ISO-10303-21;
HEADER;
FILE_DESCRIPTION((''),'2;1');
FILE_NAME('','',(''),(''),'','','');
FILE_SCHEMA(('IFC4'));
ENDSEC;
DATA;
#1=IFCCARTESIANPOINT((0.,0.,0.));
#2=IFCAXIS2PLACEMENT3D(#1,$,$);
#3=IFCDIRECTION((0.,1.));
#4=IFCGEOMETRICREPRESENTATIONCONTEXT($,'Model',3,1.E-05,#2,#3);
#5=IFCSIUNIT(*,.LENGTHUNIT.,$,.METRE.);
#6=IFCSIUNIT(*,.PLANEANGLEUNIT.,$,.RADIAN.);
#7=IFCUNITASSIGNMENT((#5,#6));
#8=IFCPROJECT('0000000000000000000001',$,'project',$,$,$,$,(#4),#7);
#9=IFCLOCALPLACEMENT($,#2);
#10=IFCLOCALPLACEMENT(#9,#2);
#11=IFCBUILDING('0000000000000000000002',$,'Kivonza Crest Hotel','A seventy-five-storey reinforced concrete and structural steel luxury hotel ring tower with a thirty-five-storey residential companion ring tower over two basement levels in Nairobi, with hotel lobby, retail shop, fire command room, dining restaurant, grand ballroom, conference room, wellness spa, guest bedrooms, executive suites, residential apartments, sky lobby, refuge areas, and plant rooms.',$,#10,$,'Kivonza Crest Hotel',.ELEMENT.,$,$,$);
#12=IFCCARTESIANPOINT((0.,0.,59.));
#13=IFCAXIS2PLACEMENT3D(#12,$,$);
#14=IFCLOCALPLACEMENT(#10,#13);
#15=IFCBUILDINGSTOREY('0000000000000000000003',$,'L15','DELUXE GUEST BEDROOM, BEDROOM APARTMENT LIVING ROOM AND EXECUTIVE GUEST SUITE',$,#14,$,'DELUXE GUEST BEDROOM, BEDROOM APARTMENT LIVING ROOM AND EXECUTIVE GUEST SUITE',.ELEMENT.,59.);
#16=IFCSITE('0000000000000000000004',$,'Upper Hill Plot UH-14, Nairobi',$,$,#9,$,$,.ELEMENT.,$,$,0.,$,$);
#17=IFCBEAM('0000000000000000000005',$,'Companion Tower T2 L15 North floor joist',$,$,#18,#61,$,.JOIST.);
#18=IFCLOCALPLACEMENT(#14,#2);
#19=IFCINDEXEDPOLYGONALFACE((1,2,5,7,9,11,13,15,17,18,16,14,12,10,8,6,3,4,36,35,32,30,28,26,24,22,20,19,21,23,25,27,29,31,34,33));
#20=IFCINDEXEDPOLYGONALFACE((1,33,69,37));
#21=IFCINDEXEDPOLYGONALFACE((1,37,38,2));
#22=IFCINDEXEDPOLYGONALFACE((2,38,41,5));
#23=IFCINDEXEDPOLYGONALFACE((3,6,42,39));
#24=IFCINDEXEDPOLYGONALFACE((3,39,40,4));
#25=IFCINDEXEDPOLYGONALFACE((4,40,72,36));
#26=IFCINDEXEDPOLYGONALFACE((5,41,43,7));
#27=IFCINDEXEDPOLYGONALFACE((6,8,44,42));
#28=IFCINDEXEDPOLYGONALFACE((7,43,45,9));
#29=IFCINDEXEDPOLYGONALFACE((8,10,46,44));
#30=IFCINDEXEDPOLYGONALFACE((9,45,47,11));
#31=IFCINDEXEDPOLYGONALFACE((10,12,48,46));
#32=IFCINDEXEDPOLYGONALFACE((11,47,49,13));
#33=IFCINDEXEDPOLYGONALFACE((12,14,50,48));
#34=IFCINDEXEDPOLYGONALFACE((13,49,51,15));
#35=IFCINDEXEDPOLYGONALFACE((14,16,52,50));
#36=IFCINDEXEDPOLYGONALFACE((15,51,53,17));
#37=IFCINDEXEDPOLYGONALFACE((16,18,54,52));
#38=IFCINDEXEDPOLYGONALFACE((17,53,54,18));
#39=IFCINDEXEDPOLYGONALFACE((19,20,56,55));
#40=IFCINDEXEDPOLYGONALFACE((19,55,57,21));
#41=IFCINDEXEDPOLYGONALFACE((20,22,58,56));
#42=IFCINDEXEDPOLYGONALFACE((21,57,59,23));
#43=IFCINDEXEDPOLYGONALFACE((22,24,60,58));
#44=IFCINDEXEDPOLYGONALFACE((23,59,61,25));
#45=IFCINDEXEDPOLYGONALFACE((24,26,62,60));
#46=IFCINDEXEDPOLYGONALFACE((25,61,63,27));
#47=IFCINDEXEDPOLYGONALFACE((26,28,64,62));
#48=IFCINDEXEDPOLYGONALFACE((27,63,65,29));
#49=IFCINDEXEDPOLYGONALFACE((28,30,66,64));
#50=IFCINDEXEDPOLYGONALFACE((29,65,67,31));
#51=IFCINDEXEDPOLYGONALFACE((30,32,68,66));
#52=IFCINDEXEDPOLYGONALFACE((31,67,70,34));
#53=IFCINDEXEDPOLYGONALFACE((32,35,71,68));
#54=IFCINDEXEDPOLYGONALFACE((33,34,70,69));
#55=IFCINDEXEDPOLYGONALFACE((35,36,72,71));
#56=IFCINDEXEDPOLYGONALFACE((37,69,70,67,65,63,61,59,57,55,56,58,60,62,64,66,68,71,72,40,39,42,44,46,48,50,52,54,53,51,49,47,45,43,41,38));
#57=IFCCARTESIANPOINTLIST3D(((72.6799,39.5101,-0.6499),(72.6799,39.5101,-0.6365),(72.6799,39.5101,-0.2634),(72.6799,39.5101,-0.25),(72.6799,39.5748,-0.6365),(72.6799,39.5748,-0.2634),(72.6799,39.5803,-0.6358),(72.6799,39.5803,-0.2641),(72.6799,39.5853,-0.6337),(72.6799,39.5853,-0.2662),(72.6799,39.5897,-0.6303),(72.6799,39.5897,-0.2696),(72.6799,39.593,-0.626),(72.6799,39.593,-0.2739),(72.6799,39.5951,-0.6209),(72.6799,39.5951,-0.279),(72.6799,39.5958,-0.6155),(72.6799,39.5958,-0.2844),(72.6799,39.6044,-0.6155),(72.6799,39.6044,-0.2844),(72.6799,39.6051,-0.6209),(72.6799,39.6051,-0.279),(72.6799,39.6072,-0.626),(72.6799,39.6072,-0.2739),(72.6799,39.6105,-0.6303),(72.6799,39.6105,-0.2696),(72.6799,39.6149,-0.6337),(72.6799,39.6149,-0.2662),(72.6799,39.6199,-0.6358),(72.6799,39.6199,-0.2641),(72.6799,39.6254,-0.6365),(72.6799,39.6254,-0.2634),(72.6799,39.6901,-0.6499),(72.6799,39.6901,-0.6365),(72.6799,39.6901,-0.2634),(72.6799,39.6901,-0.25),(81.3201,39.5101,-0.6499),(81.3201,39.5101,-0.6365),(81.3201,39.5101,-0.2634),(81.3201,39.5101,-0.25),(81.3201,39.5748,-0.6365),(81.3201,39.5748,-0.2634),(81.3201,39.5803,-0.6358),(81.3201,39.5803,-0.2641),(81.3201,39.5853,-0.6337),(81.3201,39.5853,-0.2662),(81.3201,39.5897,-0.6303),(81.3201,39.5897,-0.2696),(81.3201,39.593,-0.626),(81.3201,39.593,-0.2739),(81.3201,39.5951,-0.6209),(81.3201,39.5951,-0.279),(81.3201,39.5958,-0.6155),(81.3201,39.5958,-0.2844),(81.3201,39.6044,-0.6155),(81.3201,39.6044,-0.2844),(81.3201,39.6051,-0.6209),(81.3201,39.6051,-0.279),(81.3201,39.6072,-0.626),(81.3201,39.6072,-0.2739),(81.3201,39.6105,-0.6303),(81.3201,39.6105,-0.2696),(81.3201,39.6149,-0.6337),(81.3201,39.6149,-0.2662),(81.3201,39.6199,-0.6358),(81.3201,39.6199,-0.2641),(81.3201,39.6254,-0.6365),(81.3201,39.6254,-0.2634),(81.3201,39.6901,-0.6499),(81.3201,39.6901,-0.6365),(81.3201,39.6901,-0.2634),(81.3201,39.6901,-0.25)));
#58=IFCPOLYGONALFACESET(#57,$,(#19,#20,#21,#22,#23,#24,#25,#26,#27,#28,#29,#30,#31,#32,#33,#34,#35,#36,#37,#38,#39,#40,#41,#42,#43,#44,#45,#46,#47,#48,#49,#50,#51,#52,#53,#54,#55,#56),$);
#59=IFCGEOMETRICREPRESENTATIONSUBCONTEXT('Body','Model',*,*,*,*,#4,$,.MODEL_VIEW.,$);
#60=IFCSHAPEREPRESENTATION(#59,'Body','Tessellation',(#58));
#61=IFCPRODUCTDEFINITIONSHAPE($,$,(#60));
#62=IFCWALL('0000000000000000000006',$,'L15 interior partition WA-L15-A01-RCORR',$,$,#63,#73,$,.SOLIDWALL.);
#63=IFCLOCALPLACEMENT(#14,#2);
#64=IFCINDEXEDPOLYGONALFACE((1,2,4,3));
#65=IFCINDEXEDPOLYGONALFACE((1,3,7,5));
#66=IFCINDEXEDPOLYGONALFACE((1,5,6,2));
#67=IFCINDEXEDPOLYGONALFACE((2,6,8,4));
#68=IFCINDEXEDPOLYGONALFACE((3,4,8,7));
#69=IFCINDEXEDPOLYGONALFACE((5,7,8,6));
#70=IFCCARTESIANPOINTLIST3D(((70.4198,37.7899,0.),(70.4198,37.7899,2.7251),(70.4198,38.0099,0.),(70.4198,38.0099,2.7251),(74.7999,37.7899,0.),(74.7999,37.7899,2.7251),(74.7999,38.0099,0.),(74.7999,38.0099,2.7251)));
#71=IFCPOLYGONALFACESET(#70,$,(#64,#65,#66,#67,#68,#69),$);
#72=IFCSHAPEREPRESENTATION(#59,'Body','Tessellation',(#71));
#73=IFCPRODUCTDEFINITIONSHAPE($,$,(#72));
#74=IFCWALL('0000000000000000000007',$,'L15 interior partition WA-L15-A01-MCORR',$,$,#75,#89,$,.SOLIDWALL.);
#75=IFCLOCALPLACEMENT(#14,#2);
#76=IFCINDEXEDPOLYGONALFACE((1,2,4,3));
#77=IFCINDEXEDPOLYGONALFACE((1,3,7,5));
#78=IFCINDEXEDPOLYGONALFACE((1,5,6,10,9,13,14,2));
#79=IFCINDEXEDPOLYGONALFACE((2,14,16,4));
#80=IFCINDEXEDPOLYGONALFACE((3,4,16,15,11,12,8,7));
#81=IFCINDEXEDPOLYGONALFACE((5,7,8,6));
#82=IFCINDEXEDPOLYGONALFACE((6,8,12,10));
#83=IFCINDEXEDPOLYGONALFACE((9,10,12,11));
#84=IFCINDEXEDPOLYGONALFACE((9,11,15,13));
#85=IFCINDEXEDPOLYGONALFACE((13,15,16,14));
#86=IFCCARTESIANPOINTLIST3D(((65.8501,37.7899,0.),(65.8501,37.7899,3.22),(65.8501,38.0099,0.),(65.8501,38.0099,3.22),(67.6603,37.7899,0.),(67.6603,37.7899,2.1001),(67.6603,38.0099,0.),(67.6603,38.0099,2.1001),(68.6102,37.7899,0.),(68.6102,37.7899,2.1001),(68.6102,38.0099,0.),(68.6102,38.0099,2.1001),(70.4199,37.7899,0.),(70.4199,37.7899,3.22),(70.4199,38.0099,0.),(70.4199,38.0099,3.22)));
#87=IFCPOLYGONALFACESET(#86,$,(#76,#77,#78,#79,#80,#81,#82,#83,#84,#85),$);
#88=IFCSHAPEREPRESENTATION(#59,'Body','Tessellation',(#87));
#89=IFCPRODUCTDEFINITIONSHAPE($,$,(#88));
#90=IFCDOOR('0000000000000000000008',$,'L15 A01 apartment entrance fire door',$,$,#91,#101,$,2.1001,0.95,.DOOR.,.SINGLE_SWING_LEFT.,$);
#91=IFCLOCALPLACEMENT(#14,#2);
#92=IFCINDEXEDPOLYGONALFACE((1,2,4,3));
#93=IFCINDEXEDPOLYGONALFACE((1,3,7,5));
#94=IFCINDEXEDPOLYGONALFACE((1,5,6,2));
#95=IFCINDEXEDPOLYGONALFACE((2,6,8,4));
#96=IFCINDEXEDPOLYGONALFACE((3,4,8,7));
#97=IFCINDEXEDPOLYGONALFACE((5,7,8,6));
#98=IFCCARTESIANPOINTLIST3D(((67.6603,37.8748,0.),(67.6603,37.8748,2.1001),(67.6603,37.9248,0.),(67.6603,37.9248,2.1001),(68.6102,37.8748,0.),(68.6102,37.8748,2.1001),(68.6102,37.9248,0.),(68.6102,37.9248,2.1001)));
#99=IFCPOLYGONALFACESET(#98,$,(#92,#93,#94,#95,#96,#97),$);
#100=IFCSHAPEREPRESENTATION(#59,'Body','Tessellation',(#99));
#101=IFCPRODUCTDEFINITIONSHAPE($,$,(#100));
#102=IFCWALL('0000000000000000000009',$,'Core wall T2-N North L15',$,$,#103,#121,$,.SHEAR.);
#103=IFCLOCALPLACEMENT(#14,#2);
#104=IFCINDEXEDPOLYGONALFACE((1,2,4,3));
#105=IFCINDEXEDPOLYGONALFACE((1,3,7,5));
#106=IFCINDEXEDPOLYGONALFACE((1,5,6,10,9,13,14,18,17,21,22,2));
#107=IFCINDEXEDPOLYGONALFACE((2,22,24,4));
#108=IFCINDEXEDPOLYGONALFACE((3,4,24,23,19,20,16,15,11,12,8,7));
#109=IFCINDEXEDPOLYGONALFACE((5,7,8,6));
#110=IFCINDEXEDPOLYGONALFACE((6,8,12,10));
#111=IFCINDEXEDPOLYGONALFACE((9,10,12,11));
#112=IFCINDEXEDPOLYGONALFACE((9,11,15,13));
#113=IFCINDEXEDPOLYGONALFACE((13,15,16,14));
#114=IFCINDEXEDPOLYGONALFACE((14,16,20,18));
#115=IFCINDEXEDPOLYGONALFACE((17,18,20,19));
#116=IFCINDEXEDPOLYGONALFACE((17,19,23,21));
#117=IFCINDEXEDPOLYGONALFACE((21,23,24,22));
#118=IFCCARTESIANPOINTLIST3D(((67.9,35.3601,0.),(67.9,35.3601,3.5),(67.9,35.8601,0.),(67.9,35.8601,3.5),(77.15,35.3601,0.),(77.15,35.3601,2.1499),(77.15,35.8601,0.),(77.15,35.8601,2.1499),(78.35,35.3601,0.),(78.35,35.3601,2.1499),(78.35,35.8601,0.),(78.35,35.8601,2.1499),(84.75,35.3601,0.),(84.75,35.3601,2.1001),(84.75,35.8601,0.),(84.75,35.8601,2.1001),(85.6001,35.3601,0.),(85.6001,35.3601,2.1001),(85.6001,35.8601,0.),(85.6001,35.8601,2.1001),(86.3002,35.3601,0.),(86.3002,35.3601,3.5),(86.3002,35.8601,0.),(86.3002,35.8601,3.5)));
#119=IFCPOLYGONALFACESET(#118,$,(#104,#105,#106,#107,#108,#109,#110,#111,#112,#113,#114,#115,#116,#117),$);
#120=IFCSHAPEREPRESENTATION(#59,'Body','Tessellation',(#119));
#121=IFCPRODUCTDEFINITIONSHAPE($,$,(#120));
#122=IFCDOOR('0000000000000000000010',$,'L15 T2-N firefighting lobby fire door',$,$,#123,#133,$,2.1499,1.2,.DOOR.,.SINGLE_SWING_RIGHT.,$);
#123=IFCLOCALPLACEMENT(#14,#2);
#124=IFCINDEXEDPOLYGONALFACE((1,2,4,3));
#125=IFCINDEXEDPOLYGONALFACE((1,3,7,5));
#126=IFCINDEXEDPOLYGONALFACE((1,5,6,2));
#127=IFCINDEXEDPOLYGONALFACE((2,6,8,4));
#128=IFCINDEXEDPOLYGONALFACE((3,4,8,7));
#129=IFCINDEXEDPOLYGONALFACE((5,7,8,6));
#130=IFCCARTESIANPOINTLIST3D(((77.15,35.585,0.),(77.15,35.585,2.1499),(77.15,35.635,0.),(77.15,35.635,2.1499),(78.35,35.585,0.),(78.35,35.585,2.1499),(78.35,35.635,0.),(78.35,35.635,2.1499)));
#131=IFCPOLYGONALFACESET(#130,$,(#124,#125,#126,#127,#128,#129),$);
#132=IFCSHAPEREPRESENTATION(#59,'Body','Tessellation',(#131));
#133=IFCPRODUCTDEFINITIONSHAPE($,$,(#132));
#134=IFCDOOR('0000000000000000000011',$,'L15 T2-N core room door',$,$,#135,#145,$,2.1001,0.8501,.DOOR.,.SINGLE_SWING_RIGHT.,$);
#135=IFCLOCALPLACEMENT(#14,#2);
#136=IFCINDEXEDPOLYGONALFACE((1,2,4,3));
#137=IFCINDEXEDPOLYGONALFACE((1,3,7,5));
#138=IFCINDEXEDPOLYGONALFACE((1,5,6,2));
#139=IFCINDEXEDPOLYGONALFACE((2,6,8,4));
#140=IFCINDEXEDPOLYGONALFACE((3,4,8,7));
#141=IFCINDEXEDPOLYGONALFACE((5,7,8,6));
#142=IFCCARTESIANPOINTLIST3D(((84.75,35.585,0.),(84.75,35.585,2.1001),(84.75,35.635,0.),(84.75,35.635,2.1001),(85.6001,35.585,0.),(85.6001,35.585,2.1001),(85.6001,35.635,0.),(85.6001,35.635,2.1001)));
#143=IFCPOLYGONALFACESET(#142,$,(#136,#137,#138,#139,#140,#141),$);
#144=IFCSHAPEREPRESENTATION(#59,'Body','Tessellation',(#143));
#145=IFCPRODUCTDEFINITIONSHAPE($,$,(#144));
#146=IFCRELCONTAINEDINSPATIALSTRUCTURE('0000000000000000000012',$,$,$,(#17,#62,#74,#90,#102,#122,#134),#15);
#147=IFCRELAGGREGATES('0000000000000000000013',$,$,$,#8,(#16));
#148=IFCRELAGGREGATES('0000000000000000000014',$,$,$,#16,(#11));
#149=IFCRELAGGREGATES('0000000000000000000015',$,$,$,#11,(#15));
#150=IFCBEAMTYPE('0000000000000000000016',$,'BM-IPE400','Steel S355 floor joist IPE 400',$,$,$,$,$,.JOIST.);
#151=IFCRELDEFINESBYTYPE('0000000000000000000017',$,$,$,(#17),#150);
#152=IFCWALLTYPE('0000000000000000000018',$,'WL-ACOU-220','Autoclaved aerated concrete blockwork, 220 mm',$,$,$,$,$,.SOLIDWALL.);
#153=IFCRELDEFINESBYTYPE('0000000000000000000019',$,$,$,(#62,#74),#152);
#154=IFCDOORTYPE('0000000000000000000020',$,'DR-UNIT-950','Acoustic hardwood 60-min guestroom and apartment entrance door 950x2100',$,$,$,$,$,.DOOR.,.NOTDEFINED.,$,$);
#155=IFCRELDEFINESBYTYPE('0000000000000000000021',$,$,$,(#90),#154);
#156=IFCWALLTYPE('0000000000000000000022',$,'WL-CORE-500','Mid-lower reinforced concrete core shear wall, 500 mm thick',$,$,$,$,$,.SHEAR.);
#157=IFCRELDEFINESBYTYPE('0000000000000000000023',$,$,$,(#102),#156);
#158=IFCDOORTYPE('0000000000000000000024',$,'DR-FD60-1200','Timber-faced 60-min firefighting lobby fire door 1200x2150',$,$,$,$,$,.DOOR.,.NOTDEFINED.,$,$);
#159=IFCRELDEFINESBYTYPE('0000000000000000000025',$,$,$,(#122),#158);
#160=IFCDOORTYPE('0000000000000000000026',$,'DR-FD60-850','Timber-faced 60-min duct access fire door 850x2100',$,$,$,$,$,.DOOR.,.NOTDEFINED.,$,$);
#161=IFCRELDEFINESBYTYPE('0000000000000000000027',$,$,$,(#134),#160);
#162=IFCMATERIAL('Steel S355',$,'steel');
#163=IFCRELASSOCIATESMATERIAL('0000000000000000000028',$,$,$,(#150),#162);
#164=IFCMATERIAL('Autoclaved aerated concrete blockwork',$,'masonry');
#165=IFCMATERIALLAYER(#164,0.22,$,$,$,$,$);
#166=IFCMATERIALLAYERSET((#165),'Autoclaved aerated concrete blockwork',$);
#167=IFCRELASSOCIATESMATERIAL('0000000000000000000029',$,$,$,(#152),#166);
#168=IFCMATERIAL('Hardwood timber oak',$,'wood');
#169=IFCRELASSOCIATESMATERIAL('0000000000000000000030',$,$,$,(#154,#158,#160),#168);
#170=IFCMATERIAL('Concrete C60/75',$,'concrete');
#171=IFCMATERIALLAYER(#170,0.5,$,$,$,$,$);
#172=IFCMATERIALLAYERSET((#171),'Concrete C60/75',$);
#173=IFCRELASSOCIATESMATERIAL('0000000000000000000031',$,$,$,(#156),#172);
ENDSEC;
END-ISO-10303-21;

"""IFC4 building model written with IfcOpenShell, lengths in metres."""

from ifc_helpers import new_model, si_unit, direction, frame, frame_2d, origin, origin_2d, place, context, subcontext, project, spatial, rectangle, i_section, extrude, material, layer, layer_set, material_profile, profile_set, type_object, element, fill, save


model = new_model("IFC4")

# Units and contexts
model_context = context("Model", 3, precision=1e-05, world=origin(), true_north=direction((0.0, 1.0)))
body_context = subcontext(model_context, "Body", "Model", "MODEL_VIEW")
ifc_project = project(units=[si_unit("LENGTHUNIT", "METRE"), si_unit("PLANEANGLEUNIT", "RADIAN")], contexts=[model_context])

# Site, building, storey
site_placement = place(None, origin())
site = spatial("IfcSite", under=ifc_project, at=site_placement, Name="Upper Hill Plot UH-14, Nairobi", CompositionType="ELEMENT", RefElevation=0.0)
building_placement = place(site_placement, origin())
building = spatial("IfcBuilding", under=site, at=building_placement, Name="Kivonza Crest Hotel", Description="A seventy-five-storey reinforced concrete and structural steel luxury hotel ring tower with a thirty-five-storey residential companion ring tower over two basement levels in Nairobi, with hotel lobby, retail shop, fire command room, dining restaurant, grand ballroom, conference room, wellness spa, guest bedrooms, executive suites, residential apartments, sky lobby, refuge areas, and plant rooms.", LongName="Kivonza Crest Hotel", CompositionType="ELEMENT")
storey_placement = place(building_placement, frame((0.0, 0.0, 59.0)))
storey = spatial("IfcBuildingStorey", under=building, at=storey_placement, Name="L15", Description="DELUXE GUEST BEDROOM, BEDROOM APARTMENT LIVING ROOM AND EXECUTIVE GUEST SUITE", LongName="DELUXE GUEST BEDROOM, BEDROOM APARTMENT LIVING ROOM AND EXECUTIVE GUEST SUITE", CompositionType="ELEMENT", Elevation=59.0)

# Shared definitions
ifc_material_1 = material(Name="Concrete C60/75", Category="concrete")

# Beam
ifc_material_2 = material(Name="Steel S355", Category="steel")
ifc_material_profile_1 = material_profile(ifc_material_2, i_section(OverallWidth=0.1799, OverallDepth=0.3999, WebThickness=0.0085, FlangeThickness=0.0134, FilletRadius=0.021, at=origin_2d()), Name="IPE 400")
ifc_profile_set_1 = profile_set([ifc_material_profile_1], Name="Steel S355")
beam_type_1 = type_object("IfcBeamType", Name="BM-IPE400", Description="Steel S355 floor joist IPE 400", PredefinedType="JOIST", material=ifc_profile_set_1)
beam_1_placement = place(storey_placement, frame((72.6799, 39.6001, -0.45), z_axis=(1.0, 0.0, 0.0), x_axis=(0.0, 1.0, 0.0)))
element("IfcBeam", 1, at=beam_1_placement, inside=storey, type_object=beam_type_1, Name="Companion Tower T2 L15 North floor joist", PredefinedType="JOIST", context=body_context, shape_type="SweptSolid", body=[
    extrude(i_section(OverallWidth=0.1799, OverallDepth=0.3999, WebThickness=0.0085, FlangeThickness=0.0134, FilletRadius=0.021, at=origin_2d()), origin(), (0.0, 0.0, 1.0), 8.6401),
])

# Wall
ifc_material_3 = material(Name="Autoclaved aerated concrete blockwork", Category="masonry")
ifc_layer_1 = layer(ifc_material_3, 0.22)
ifc_layer_set_1 = layer_set([ifc_layer_1], Name="Autoclaved aerated concrete blockwork")
wall_type_1 = type_object("IfcWallType", Name="WL-ACOU-220", Description="Autoclaved aerated concrete blockwork, 220 mm", PredefinedType="SOLIDWALL", material=ifc_layer_set_1)
wall_1_placement = place(storey_placement, frame((70.4199, 37.8999, 0.0), z_axis=(0.0, 0.0, 1.0), x_axis=(1.0, 0.0, 0.0)))
element("IfcWall", 2, at=wall_1_placement, inside=storey, type_object=wall_type_1, Name="L15 interior partition WA-L15-A01-RCORR", PredefinedType="SOLIDWALL", context=body_context, shape_type="SweptSolid", body=[
    extrude(rectangle(XDim=4.3801, YDim=0.22, at=frame_2d((2.1899, 0.0))), origin(), (0.0, 0.0, 1.0), 2.7251),
])

# Wall, opening, door
wall_2_placement = place(storey_placement, frame((65.8501, 37.8999, 0.0), z_axis=(0.0, 0.0, 1.0), x_axis=(1.0, 0.0, 0.0)))
wall_2 = element("IfcWall", 3, at=wall_2_placement, inside=storey, type_object=wall_type_1, Name="L15 interior partition WA-L15-A01-MCORR", PredefinedType="SOLIDWALL", context=body_context, shape_type="SweptSolid", body=[
    extrude(rectangle(XDim=4.5698, YDim=0.22, at=frame_2d((2.2849, 0.0))), origin(), (0.0, 0.0, 1.0), 3.22),
])
opening_1_placement = place(wall_2_placement, frame((1.8101, 0.0, 0.0)))
opening_1 = element("IfcOpeningElement", 4, at=opening_1_placement, cuts=wall_2, PredefinedType="OPENING", context=body_context, shape_type="SweptSolid", body=[
    extrude(rectangle(XDim=0.95, YDim=2.1001, at=frame_2d((0.4751, 1.05))), frame((0.0, 0.1201, 0.0), z_axis=(0.0, -1.0, 0.0), x_axis=(1.0, 0.0, 0.0)), (0.0, 0.0, 1.0), 0.24),
])
ifc_material_4 = material(Name="Hardwood timber oak", Category="wood")
door_type_1 = type_object("IfcDoorType", Name="DR-UNIT-950", Description="Acoustic hardwood 60-min guestroom and apartment entrance door 950x2100", OperationType="NOTDEFINED", PredefinedType="DOOR", material=ifc_material_4)
door_1_placement = place(opening_1_placement, origin())
door_1 = element("IfcDoor", 5, at=door_1_placement, inside=storey, type_object=door_type_1, Name="L15 A01 apartment entrance fire door", OperationType="SINGLE_SWING_LEFT", OverallHeight=2.1001, OverallWidth=0.95, PredefinedType="DOOR", context=body_context, shape_type="SweptSolid", body=[
    extrude(rectangle(XDim=0.95, YDim=2.1001, at=frame_2d((0.4751, 1.05))), frame((0.0, 0.0249, 0.0), z_axis=(0.0, -1.0, 0.0), x_axis=(1.0, 0.0, 0.0)), (0.0, 0.0, 1.0), 0.05),
])
fill(opening_1, door_1)

# Wall, openings, doors
ifc_layer_2 = layer(ifc_material_1, 0.5)
ifc_layer_set_2 = layer_set([ifc_layer_2], Name="Concrete C60/75")
wall_type_2 = type_object("IfcWallType", Name="WL-CORE-500", Description="Mid-lower reinforced concrete core shear wall, 500 mm thick", PredefinedType="SHEAR", material=ifc_layer_set_2)
wall_3_placement = place(storey_placement, frame((67.8999, 35.6101, 0.0), z_axis=(0.0, 0.0, 1.0), x_axis=(1.0, 0.0, 0.0)))
wall_3 = element("IfcWall", 6, at=wall_3_placement, inside=storey, type_object=wall_type_2, Name="Core wall T2-N North L15", PredefinedType="SHEAR", context=body_context, shape_type="SweptSolid", body=[
    extrude(rectangle(XDim=18.4001, YDim=0.5, at=frame_2d((9.2002, 0.0))), origin(), (0.0, 0.0, 1.0), 3.5),
])
opening_2_placement = place(wall_3_placement, frame((9.25, 0.0, 0.0)))
opening_2 = element("IfcOpeningElement", 7, at=opening_2_placement, cuts=wall_3, PredefinedType="OPENING", context=body_context, shape_type="SweptSolid", body=[
    extrude(rectangle(XDim=1.2, YDim=2.1499, at=frame_2d((0.6001, 1.075))), frame((0.0, 0.26, 0.0), z_axis=(0.0, -1.0, 0.0), x_axis=(1.0, 0.0, 0.0)), (0.0, 0.0, 1.0), 0.52),
])
opening_3_placement = place(wall_3_placement, frame((16.8501, 0.0, 0.0)))
opening_3 = element("IfcOpeningElement", 8, at=opening_3_placement, cuts=wall_3, PredefinedType="OPENING", context=body_context, shape_type="SweptSolid", body=[
    extrude(rectangle(XDim=0.8501, YDim=2.1001, at=frame_2d((0.425, 1.05))), frame((0.0, 0.26, 0.0), z_axis=(0.0, -1.0, 0.0), x_axis=(1.0, 0.0, 0.0)), (0.0, 0.0, 1.0), 0.52),
])
door_type_2 = type_object("IfcDoorType", Name="DR-FD60-1200", Description="Timber-faced 60-min firefighting lobby fire door 1200x2150", OperationType="NOTDEFINED", PredefinedType="DOOR", material=ifc_material_4)
door_2_placement = place(opening_2_placement, origin())
door_2 = element("IfcDoor", 9, at=door_2_placement, inside=storey, type_object=door_type_2, Name="L15 T2-N firefighting lobby fire door", OperationType="SINGLE_SWING_RIGHT", OverallHeight=2.1499, OverallWidth=1.2, PredefinedType="DOOR", context=body_context, shape_type="SweptSolid", body=[
    extrude(rectangle(XDim=1.2, YDim=2.1499, at=frame_2d((0.6001, 1.075))), frame((0.0, 0.0249, 0.0), z_axis=(0.0, -1.0, 0.0), x_axis=(1.0, 0.0, 0.0)), (0.0, 0.0, 1.0), 0.05),
])
fill(opening_2, door_2)
door_type_3 = type_object("IfcDoorType", Name="DR-FD60-850", Description="Timber-faced 60-min duct access fire door 850x2100", OperationType="NOTDEFINED", PredefinedType="DOOR", material=ifc_material_4)
door_3_placement = place(opening_3_placement, origin())
door_3 = element("IfcDoor", 10, at=door_3_placement, inside=storey, type_object=door_type_3, Name="L15 T2-N core room door", OperationType="SINGLE_SWING_RIGHT", OverallHeight=2.1001, OverallWidth=0.8501, PredefinedType="DOOR", context=body_context, shape_type="SweptSolid", body=[
    extrude(rectangle(XDim=0.8501, YDim=2.1001, at=frame_2d((0.425, 1.05))), frame((0.0, 0.0249, 0.0), z_axis=(0.0, -1.0, 0.0), x_axis=(1.0, 0.0, 0.0)), (0.0, 0.0, 1.0), 0.05),
])
fill(opening_3, door_3)

save(model, "model.ifc")
